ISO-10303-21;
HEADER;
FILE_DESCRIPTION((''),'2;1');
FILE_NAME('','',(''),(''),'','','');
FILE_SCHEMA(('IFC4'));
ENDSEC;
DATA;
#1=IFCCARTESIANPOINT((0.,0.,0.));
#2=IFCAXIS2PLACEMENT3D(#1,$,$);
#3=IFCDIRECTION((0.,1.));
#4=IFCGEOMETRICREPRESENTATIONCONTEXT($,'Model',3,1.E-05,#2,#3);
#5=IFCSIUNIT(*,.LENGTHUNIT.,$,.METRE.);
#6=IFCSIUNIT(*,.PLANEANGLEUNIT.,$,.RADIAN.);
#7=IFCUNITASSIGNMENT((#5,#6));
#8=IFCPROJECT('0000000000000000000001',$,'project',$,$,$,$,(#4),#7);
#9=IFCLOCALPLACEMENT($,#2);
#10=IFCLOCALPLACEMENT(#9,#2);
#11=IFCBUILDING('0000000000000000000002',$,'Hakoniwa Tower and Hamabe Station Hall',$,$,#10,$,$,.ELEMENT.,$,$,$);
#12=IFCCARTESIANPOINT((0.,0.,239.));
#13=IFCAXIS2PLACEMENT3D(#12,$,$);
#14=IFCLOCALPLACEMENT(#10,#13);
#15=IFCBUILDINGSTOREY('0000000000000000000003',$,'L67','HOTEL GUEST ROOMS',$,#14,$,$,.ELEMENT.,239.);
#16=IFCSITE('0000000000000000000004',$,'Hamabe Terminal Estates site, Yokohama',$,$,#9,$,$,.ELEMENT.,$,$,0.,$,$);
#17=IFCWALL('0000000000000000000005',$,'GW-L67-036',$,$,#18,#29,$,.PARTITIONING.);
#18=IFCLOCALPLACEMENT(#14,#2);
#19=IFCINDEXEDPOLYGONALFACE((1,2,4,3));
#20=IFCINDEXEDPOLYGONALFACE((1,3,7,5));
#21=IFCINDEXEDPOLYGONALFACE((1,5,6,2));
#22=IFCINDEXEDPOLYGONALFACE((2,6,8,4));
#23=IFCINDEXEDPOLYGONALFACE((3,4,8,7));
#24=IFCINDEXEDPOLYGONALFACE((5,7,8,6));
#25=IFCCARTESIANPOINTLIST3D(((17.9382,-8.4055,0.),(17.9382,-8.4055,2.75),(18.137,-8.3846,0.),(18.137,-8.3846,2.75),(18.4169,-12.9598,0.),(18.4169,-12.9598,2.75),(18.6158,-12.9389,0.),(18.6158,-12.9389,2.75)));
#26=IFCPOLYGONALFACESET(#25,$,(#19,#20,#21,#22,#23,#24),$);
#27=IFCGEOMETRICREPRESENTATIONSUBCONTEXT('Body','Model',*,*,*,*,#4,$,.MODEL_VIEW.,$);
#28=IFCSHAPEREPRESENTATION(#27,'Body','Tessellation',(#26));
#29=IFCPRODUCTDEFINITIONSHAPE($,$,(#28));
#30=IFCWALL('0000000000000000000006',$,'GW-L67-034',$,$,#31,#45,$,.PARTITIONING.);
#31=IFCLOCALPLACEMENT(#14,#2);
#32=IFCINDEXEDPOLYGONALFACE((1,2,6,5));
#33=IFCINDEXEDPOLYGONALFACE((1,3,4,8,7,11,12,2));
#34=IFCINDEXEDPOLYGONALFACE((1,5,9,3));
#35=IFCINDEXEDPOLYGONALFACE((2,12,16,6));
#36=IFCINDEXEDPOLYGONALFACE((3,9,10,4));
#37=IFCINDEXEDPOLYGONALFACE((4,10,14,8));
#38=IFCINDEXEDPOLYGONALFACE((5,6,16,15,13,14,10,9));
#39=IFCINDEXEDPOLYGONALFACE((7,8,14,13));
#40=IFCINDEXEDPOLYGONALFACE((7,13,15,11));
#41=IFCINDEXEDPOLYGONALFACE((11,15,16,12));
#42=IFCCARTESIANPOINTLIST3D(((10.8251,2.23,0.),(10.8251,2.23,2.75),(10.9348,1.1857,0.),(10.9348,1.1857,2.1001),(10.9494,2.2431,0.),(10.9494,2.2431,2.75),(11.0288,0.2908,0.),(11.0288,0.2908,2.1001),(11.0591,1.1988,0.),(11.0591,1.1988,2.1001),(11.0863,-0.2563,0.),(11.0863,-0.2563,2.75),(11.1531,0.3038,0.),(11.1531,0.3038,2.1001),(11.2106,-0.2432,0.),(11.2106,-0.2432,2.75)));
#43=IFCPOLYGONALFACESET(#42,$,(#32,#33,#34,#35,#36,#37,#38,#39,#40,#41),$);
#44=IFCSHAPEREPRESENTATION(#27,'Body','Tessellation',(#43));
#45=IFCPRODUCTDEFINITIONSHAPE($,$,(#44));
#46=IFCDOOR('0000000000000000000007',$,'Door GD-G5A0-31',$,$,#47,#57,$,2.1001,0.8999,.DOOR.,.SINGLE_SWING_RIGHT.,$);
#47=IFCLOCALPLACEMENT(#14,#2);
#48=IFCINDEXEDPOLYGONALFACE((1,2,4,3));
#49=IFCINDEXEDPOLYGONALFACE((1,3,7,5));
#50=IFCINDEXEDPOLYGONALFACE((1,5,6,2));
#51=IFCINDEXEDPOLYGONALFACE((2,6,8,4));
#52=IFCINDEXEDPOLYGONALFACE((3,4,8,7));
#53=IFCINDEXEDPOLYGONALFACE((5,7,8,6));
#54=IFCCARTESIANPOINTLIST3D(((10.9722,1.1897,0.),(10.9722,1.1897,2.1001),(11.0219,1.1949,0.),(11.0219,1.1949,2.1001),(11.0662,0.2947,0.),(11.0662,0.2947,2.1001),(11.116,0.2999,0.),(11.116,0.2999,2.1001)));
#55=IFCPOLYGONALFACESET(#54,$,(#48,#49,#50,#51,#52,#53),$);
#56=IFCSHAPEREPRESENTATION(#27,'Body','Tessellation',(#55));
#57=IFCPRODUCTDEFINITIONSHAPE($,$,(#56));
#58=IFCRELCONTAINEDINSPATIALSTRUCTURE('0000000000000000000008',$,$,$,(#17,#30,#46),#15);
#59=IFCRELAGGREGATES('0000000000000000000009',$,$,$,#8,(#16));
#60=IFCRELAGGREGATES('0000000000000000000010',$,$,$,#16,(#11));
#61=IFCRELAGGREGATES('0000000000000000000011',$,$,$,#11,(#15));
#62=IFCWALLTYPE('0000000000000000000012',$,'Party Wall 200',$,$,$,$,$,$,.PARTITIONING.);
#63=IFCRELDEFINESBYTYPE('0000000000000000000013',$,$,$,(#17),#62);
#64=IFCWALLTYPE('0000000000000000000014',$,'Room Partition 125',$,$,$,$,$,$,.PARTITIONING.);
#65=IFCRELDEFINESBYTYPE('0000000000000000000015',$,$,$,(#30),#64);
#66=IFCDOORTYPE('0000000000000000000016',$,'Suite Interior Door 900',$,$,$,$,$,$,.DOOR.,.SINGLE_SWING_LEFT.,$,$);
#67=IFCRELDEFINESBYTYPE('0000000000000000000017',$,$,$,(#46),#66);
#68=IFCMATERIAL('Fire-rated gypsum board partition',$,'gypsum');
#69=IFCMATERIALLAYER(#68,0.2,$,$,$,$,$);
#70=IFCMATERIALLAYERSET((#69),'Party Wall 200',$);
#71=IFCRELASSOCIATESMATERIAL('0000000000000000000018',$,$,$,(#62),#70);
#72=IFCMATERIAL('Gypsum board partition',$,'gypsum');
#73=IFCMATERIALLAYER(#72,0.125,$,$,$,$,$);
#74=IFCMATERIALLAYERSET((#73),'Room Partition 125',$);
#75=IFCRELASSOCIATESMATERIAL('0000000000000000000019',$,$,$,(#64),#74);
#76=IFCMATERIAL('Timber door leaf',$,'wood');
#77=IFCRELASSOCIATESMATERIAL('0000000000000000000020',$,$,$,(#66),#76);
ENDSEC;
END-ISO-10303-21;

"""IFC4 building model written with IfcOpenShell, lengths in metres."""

from ifc_helpers import new_model, si_unit, direction, frame, frame_2d, origin, place, context, subcontext, project, spatial, rectangle, extrude, material, layer, layer_set, type_object, element, fill, save


model = new_model("IFC4")

# Units and contexts
model_context = context("Model", 3, precision=1e-05, world=origin(), true_north=direction((0.0, 1.0)))
body_context = subcontext(model_context, "Body", "Model", "MODEL_VIEW")
ifc_project = project(units=[si_unit("LENGTHUNIT", "METRE"), si_unit("PLANEANGLEUNIT", "RADIAN")], contexts=[model_context])

# Site, building, storey
site_placement = place(None, origin())
site = spatial("IfcSite", under=ifc_project, at=site_placement, Name="Hamabe Terminal Estates site, Yokohama", CompositionType="ELEMENT", RefElevation=0.0)
building_placement = place(site_placement, origin())
building = spatial("IfcBuilding", under=site, at=building_placement, Name="Hakoniwa Tower and Hamabe Station Hall", CompositionType="ELEMENT")
storey_placement = place(building_placement, frame((0.0, 0.0, 239.0)))
storey = spatial("IfcBuildingStorey", under=building, at=storey_placement, Name="L67", Description="HOTEL GUEST ROOMS", CompositionType="ELEMENT", Elevation=239.0)

# Wall
ifc_material_1 = material(Name="Fire-rated gypsum board partition", Category="gypsum")
ifc_layer_1 = layer(ifc_material_1, 0.2)
ifc_layer_set_1 = layer_set([ifc_layer_1], Name="Party Wall 200")
wall_type_1 = type_object("IfcWallType", Name="Party Wall 200", PredefinedType="PARTITIONING", material=ifc_layer_set_1)
wall_1_placement = place(storey_placement, frame((18.5164, -12.9492, 0.0), z_axis=(0.0, 0.0, 1.0), x_axis=(-0.104549, 0.99452, 0.0)))
element("IfcWall", 1, at=wall_1_placement, inside=storey, type_object=wall_type_1, Name="GW-L67-036", PredefinedType="PARTITIONING", context=body_context, shape_type="SweptSolid", body=[
    extrude(rectangle(XDim=4.5793, YDim=0.2, at=frame_2d((2.2896, 0.0))), origin(), (0.0, 0.0, 1.0), 2.75),
])

# Wall, opening, door
ifc_material_2 = material(Name="Gypsum board partition", Category="gypsum")
ifc_layer_2 = layer(ifc_material_2, 0.125)
ifc_layer_set_2 = layer_set([ifc_layer_2], Name="Room Partition 125")
wall_type_2 = type_object("IfcWallType", Name="Room Partition 125", PredefinedType="PARTITIONING", material=ifc_layer_set_2)
wall_2_placement = place(storey_placement, frame((11.1484, -0.2498, 0.0), z_axis=(0.0, 0.0, 1.0), x_axis=(-0.104492, 0.994526, 0.0)))
wall_2 = element("IfcWall", 2, at=wall_2_placement, inside=storey, type_object=wall_type_2, Name="GW-L67-034", PredefinedType="PARTITIONING", context=body_context, shape_type="SweptSolid", body=[
    extrude(rectangle(XDim=2.5, YDim=0.125, at=frame_2d((1.25, 0.0))), origin(), (0.0, 0.0, 1.0), 2.75),
])
opening_1_placement = place(wall_2_placement, frame((0.55, 0.0, 0.0)))
opening_1 = element("IfcOpeningElement", 3, at=opening_1_placement, cuts=wall_2, PredefinedType="OPENING", context=body_context, shape_type="SweptSolid", body=[
    extrude(rectangle(XDim=0.8999, YDim=2.1001, at=frame_2d((0.45, 1.05))), frame((0.0, 0.0725, 0.0), z_axis=(0.0, -1.0, 0.0), x_axis=(1.0, 0.0, 0.0)), (0.0, 0.0, 1.0), 0.145),
])
ifc_material_3 = material(Name="Timber door leaf", Category="wood")
door_type_1 = type_object("IfcDoorType", Name="Suite Interior Door 900", OperationType="SINGLE_SWING_LEFT", PredefinedType="DOOR", material=ifc_material_3)
door_1_placement = place(opening_1_placement, origin())
door_1 = element("IfcDoor", 4, at=door_1_placement, inside=storey, type_object=door_type_1, Name="Door GD-G5A0-31", OperationType="SINGLE_SWING_RIGHT", OverallHeight=2.1001, OverallWidth=0.8999, PredefinedType="DOOR", context=body_context, shape_type="SweptSolid", body=[
    extrude(rectangle(XDim=0.8999, YDim=2.1001, at=frame_2d((0.45, 1.05))), frame((0.0, 0.0249, 0.0), z_axis=(0.0, -1.0, 0.0), x_axis=(1.0, 0.0, 0.0)), (0.0, 0.0, 1.0), 0.05),
])
fill(opening_1, door_1)

save(model, "model.ifc")
